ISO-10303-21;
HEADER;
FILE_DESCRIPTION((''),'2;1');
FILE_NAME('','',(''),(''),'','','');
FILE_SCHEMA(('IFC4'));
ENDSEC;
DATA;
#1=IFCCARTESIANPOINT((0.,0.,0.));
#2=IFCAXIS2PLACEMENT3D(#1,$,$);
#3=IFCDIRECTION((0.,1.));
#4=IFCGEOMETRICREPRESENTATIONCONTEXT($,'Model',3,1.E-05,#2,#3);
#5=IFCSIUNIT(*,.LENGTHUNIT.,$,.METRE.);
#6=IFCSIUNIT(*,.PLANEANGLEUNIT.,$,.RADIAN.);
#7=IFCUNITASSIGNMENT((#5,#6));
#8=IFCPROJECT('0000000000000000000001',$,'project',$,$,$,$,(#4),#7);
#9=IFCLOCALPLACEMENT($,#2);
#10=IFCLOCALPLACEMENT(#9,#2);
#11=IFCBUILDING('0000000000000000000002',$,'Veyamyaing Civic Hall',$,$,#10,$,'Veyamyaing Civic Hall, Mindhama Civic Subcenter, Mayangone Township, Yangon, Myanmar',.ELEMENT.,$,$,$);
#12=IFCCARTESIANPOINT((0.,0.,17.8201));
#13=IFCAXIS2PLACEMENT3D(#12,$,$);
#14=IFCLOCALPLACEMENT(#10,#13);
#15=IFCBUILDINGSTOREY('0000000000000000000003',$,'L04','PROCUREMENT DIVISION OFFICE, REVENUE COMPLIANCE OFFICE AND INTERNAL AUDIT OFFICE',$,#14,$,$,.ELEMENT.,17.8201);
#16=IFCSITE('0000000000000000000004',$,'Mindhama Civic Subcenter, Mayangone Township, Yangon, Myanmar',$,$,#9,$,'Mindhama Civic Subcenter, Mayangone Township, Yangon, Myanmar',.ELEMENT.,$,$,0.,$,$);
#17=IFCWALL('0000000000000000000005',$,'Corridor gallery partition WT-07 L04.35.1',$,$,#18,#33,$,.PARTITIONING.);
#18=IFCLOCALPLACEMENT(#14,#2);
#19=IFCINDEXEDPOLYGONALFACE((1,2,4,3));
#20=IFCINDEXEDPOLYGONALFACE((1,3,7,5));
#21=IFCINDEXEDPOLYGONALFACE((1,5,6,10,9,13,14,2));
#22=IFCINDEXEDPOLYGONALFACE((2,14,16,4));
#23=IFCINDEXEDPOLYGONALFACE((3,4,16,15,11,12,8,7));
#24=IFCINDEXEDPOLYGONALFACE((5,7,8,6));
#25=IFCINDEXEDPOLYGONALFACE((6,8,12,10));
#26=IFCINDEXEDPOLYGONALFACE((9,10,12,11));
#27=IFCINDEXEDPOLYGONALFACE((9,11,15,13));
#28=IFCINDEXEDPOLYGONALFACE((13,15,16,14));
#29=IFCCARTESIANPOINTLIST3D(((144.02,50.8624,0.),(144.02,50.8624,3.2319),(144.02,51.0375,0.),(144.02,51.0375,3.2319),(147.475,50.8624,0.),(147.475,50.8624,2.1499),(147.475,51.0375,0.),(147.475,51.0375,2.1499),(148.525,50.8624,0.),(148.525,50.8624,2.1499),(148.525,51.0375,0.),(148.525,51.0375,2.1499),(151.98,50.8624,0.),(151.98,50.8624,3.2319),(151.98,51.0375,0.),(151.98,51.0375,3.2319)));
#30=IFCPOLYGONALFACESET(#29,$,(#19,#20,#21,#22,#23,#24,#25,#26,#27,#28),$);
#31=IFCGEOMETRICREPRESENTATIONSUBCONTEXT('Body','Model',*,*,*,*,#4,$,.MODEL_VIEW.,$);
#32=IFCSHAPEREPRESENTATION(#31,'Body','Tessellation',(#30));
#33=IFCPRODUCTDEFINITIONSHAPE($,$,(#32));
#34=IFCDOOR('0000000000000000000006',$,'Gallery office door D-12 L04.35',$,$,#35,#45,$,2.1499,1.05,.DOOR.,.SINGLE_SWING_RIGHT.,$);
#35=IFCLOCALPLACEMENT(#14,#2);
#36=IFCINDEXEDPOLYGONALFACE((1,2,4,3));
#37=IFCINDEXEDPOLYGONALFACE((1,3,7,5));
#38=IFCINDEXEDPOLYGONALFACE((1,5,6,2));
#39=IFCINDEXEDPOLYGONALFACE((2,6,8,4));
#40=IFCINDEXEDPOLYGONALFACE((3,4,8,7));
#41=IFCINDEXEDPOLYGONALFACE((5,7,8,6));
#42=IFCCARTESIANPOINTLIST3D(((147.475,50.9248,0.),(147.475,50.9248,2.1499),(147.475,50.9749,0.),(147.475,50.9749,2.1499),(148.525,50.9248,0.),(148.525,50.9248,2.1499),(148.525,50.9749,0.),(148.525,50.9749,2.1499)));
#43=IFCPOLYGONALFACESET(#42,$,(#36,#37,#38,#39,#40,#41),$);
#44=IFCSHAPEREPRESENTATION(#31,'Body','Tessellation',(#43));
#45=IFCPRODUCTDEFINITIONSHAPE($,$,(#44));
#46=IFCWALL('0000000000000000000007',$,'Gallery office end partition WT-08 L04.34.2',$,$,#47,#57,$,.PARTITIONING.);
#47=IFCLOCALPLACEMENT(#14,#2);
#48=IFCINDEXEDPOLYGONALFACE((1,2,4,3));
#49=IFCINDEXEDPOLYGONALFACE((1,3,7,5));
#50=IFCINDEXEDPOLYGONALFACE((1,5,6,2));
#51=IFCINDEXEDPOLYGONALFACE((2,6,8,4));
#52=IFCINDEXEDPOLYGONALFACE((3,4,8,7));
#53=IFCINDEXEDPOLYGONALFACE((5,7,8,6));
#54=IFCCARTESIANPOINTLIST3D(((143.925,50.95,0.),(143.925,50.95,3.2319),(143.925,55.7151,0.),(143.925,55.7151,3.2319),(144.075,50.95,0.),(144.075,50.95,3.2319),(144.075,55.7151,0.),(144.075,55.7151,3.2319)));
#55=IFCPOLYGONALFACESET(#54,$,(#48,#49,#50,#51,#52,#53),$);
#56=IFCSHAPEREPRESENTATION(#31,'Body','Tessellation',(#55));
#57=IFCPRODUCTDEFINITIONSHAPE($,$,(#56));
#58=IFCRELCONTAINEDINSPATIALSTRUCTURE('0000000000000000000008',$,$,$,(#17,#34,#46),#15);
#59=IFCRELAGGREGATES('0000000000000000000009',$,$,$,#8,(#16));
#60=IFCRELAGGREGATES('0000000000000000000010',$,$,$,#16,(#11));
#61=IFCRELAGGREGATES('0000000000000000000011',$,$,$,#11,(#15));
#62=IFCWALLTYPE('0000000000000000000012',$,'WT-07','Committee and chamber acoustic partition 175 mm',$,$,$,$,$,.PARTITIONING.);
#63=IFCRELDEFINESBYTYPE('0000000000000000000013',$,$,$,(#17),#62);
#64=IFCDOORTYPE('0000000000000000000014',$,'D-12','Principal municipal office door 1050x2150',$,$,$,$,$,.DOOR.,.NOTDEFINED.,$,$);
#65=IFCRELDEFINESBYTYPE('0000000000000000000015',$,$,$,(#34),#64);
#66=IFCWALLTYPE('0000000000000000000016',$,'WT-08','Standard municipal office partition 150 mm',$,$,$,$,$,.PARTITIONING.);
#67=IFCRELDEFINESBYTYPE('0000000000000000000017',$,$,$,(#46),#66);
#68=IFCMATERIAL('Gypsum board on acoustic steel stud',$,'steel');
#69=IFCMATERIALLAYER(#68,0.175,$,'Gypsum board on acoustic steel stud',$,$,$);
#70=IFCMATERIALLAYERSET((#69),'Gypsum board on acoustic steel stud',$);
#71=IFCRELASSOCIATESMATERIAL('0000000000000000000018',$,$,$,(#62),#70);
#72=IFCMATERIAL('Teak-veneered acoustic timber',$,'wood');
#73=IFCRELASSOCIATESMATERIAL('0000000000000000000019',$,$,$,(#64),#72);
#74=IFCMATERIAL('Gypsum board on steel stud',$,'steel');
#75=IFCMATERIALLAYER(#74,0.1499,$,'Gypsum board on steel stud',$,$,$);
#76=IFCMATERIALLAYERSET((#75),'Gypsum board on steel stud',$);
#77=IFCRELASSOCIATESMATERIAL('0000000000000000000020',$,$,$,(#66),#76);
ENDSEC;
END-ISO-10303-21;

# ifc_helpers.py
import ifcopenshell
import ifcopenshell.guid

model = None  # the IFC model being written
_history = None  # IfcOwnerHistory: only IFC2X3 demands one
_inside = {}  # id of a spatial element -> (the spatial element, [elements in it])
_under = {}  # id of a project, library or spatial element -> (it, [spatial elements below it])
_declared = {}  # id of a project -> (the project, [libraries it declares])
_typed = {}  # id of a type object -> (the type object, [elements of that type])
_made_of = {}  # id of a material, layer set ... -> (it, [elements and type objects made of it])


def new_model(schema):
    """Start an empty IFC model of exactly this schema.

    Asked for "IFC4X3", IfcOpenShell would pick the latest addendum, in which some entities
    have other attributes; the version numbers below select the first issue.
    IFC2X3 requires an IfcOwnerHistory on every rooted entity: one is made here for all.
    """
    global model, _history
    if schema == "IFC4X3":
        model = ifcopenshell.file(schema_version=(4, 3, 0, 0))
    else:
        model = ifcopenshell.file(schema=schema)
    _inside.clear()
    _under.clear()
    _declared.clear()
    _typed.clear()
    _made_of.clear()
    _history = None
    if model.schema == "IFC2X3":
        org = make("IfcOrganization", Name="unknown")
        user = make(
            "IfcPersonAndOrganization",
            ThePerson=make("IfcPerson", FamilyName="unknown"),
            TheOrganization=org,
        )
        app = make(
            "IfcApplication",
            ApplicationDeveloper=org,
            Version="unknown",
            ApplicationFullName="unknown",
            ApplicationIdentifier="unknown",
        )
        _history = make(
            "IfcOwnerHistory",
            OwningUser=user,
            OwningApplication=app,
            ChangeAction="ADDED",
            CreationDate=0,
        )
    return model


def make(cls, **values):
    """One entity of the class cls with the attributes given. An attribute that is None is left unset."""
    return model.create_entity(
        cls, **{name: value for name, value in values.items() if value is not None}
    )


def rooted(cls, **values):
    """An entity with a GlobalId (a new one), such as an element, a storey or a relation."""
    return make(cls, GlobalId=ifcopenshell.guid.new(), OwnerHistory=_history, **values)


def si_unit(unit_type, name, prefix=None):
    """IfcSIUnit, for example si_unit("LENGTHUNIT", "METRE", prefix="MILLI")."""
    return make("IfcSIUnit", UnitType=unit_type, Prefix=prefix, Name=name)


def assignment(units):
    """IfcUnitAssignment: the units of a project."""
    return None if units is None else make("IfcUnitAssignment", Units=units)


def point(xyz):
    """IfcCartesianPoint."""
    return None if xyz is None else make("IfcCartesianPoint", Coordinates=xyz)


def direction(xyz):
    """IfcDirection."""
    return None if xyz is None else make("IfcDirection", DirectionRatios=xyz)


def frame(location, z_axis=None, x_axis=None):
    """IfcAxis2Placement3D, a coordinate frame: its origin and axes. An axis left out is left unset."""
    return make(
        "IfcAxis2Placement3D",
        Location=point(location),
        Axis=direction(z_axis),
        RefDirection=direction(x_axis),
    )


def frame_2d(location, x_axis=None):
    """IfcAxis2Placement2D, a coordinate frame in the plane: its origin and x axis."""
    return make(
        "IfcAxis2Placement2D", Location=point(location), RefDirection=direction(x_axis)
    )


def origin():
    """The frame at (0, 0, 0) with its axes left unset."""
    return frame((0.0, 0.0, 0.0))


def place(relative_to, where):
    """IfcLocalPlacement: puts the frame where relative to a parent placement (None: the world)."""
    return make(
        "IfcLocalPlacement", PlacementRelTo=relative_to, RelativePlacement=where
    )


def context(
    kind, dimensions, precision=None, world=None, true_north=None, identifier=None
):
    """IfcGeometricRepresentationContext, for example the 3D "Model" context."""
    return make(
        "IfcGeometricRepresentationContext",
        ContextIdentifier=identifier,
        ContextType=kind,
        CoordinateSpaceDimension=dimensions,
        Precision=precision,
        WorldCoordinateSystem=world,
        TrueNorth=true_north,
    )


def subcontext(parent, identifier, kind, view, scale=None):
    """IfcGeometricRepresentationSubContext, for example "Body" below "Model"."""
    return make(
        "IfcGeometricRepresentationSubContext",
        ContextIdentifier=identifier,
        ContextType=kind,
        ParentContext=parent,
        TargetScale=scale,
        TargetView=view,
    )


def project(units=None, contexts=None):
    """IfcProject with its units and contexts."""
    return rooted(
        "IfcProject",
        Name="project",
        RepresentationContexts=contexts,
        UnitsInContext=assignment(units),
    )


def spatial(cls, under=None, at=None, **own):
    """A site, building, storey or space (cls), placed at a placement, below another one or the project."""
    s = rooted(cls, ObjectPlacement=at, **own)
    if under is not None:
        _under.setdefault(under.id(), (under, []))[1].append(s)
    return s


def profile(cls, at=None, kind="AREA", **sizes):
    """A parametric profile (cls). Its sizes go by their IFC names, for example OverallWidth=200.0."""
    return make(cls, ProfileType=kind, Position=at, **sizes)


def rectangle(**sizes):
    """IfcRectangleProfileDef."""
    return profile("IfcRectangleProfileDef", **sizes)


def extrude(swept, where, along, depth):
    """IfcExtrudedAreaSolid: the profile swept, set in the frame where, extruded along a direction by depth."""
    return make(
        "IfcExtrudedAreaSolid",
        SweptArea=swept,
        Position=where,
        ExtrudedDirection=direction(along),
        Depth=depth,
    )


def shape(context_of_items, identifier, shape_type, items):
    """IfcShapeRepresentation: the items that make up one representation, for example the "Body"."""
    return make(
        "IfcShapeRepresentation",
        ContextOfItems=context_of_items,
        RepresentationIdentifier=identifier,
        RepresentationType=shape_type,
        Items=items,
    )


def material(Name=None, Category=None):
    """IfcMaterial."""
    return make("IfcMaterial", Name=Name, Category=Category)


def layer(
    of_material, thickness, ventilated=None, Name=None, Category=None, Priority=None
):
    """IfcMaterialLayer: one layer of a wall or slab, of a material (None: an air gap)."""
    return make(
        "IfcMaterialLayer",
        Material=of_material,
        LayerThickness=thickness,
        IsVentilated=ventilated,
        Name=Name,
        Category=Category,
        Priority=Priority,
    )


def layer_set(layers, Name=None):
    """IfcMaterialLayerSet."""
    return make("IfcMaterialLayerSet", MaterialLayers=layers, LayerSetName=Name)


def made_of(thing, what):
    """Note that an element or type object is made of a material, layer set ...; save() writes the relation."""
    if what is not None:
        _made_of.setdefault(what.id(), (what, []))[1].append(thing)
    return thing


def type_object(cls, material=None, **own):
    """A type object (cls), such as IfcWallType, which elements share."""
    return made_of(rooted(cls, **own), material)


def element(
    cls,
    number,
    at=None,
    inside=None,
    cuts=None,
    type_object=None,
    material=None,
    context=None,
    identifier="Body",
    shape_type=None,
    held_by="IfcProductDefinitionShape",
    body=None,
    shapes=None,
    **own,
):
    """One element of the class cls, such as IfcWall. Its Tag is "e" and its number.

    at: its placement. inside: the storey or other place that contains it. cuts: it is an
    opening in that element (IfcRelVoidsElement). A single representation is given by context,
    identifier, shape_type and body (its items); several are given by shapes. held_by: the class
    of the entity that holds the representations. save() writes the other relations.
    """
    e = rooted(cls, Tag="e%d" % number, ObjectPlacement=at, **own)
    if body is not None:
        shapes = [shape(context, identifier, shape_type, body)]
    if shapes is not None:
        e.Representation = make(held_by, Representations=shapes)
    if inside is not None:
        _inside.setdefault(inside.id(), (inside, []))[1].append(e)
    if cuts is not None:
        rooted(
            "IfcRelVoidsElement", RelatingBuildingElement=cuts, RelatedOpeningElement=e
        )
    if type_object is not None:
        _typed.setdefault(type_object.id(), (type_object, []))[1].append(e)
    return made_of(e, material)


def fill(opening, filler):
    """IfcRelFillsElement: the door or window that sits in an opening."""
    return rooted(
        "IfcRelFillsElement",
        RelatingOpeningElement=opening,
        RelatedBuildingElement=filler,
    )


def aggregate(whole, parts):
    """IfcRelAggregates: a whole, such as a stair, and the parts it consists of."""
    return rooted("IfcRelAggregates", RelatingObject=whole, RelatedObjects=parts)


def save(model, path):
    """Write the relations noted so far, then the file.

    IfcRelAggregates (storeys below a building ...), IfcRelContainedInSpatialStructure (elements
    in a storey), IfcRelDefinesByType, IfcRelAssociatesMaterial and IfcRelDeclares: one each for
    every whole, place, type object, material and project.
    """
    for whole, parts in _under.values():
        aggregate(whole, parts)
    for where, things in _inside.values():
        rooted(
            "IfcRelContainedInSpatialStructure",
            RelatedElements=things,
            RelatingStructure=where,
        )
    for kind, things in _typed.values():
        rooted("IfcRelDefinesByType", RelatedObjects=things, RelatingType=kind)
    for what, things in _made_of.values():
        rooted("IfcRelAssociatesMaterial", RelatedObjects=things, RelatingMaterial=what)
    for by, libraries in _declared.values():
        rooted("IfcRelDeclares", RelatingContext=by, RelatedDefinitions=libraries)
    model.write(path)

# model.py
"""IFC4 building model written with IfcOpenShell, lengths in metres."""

from ifc_helpers import new_model, si_unit, direction, frame, frame_2d, origin, place, context, subcontext, project, spatial, rectangle, extrude, material, layer, layer_set, type_object, element, fill, save


model = new_model("IFC4")

# Units and contexts
model_context = context("Model", 3, precision=1e-05, world=origin(), true_north=direction((0.0, 1.0)))
body_context = subcontext(model_context, "Body", "Model", "MODEL_VIEW")
ifc_project = project(units=[si_unit("LENGTHUNIT", "METRE"), si_unit("PLANEANGLEUNIT", "RADIAN")], contexts=[model_context])

# Site, building, storey
site_placement = place(None, origin())
site = spatial("IfcSite", under=ifc_project, at=site_placement, Name="Mindhama Civic Subcenter, Mayangone Township, Yangon, Myanmar", LongName="Mindhama Civic Subcenter, Mayangone Township, Yangon, Myanmar", CompositionType="ELEMENT", RefElevation=0.0)
building_placement = place(site_placement, origin())
building = spatial("IfcBuilding", under=site, at=building_placement, Name="Veyamyaing Civic Hall", LongName="Veyamyaing Civic Hall, Mindhama Civic Subcenter, Mayangone Township, Yangon, Myanmar", CompositionType="ELEMENT")
storey_placement = place(building_placement, frame((0.0, 0.0, 17.8201)))
storey = spatial("IfcBuildingStorey", under=building, at=storey_placement, Name="L04", Description="PROCUREMENT DIVISION OFFICE, REVENUE COMPLIANCE OFFICE AND INTERNAL AUDIT OFFICE", CompositionType="ELEMENT", Elevation=17.8201)

# Wall, opening, door
ifc_material_1 = material(Name="Gypsum board on acoustic steel stud", Category="steel")
ifc_layer_1 = layer(ifc_material_1, 0.175, Name="Gypsum board on acoustic steel stud")
ifc_layer_set_1 = layer_set([ifc_layer_1], Name="Gypsum board on acoustic steel stud")
wall_type_1 = type_object("IfcWallType", Name="WT-07", Description="Committee and chamber acoustic partition 175 mm", PredefinedType="PARTITIONING", material=ifc_layer_set_1)
wall_1_placement = place(storey_placement, frame((144.02, 50.95, 0.0), z_axis=(0.0, 0.0, 1.0), x_axis=(1.0, 0.0, 0.0)))
wall_1 = element("IfcWall", 1, at=wall_1_placement, inside=storey, type_object=wall_type_1, Name="Corridor gallery partition WT-07 L04.35.1", PredefinedType="PARTITIONING", context=body_context, shape_type="SweptSolid", body=[
    extrude(rectangle(XDim=7.96, YDim=0.175, at=frame_2d((3.98, 0.0))), origin(), (0.0, 0.0, 1.0), 3.2319),
])
opening_placement = place(wall_1_placement, frame((3.4551, 0.0, 0.0)))
opening = element("IfcOpeningElement", 2, at=opening_placement, cuts=wall_1, PredefinedType="OPENING", context=body_context, shape_type="SweptSolid", body=[
    extrude(rectangle(XDim=1.05, YDim=2.1499, at=frame_2d((0.5249, 1.075))), frame((0.0, 0.0974, 0.0), z_axis=(0.0, -1.0, 0.0), x_axis=(1.0, 0.0, 0.0)), (0.0, 0.0, 1.0), 0.1951),
])
ifc_material_2 = material(Name="Teak-veneered acoustic timber", Category="wood")
door_type = type_object("IfcDoorType", Name="D-12", Description="Principal municipal office door 1050x2150", OperationType="NOTDEFINED", PredefinedType="DOOR", material=ifc_material_2)
door_placement = place(opening_placement, origin())
door = element("IfcDoor", 3, at=door_placement, inside=storey, type_object=door_type, Name="Gallery office door D-12 L04.35", OperationType="SINGLE_SWING_RIGHT", OverallHeight=2.1499, OverallWidth=1.05, PredefinedType="DOOR", context=body_context, shape_type="SweptSolid", body=[
    extrude(rectangle(XDim=1.05, YDim=2.1499, at=frame_2d((0.5249, 1.075))), frame((0.0, 0.0249, 0.0), z_axis=(0.0, -1.0, 0.0), x_axis=(1.0, 0.0, 0.0)), (0.0, 0.0, 1.0), 0.05),
])
fill(opening, door)

# Wall
ifc_material_3 = material(Name="Gypsum board on steel stud", Category="steel")
ifc_layer_2 = layer(ifc_material_3, 0.1499, Name="Gypsum board on steel stud")
ifc_layer_set_2 = layer_set([ifc_layer_2], Name="Gypsum board on steel stud")
wall_type_2 = type_object("IfcWallType", Name="WT-08", Description="Standard municipal office partition 150 mm", PredefinedType="PARTITIONING", material=ifc_layer_set_2)
wall_2_placement = place(storey_placement, frame((144.0, 50.95, 0.0), z_axis=(0.0, 0.0, 1.0), x_axis=(0.0, 1.0, 0.0)))
element("IfcWall", 4, at=wall_2_placement, inside=storey, type_object=wall_type_2, Name="Gallery office end partition WT-08 L04.34.2", PredefinedType="PARTITIONING", context=body_context, shape_type="SweptSolid", body=[
    extrude(rectangle(XDim=4.7651, YDim=0.1499, at=frame_2d((2.3826, 0.0))), origin(), (0.0, 0.0, 1.0), 3.2319),
])

save(model, "model.ifc")
